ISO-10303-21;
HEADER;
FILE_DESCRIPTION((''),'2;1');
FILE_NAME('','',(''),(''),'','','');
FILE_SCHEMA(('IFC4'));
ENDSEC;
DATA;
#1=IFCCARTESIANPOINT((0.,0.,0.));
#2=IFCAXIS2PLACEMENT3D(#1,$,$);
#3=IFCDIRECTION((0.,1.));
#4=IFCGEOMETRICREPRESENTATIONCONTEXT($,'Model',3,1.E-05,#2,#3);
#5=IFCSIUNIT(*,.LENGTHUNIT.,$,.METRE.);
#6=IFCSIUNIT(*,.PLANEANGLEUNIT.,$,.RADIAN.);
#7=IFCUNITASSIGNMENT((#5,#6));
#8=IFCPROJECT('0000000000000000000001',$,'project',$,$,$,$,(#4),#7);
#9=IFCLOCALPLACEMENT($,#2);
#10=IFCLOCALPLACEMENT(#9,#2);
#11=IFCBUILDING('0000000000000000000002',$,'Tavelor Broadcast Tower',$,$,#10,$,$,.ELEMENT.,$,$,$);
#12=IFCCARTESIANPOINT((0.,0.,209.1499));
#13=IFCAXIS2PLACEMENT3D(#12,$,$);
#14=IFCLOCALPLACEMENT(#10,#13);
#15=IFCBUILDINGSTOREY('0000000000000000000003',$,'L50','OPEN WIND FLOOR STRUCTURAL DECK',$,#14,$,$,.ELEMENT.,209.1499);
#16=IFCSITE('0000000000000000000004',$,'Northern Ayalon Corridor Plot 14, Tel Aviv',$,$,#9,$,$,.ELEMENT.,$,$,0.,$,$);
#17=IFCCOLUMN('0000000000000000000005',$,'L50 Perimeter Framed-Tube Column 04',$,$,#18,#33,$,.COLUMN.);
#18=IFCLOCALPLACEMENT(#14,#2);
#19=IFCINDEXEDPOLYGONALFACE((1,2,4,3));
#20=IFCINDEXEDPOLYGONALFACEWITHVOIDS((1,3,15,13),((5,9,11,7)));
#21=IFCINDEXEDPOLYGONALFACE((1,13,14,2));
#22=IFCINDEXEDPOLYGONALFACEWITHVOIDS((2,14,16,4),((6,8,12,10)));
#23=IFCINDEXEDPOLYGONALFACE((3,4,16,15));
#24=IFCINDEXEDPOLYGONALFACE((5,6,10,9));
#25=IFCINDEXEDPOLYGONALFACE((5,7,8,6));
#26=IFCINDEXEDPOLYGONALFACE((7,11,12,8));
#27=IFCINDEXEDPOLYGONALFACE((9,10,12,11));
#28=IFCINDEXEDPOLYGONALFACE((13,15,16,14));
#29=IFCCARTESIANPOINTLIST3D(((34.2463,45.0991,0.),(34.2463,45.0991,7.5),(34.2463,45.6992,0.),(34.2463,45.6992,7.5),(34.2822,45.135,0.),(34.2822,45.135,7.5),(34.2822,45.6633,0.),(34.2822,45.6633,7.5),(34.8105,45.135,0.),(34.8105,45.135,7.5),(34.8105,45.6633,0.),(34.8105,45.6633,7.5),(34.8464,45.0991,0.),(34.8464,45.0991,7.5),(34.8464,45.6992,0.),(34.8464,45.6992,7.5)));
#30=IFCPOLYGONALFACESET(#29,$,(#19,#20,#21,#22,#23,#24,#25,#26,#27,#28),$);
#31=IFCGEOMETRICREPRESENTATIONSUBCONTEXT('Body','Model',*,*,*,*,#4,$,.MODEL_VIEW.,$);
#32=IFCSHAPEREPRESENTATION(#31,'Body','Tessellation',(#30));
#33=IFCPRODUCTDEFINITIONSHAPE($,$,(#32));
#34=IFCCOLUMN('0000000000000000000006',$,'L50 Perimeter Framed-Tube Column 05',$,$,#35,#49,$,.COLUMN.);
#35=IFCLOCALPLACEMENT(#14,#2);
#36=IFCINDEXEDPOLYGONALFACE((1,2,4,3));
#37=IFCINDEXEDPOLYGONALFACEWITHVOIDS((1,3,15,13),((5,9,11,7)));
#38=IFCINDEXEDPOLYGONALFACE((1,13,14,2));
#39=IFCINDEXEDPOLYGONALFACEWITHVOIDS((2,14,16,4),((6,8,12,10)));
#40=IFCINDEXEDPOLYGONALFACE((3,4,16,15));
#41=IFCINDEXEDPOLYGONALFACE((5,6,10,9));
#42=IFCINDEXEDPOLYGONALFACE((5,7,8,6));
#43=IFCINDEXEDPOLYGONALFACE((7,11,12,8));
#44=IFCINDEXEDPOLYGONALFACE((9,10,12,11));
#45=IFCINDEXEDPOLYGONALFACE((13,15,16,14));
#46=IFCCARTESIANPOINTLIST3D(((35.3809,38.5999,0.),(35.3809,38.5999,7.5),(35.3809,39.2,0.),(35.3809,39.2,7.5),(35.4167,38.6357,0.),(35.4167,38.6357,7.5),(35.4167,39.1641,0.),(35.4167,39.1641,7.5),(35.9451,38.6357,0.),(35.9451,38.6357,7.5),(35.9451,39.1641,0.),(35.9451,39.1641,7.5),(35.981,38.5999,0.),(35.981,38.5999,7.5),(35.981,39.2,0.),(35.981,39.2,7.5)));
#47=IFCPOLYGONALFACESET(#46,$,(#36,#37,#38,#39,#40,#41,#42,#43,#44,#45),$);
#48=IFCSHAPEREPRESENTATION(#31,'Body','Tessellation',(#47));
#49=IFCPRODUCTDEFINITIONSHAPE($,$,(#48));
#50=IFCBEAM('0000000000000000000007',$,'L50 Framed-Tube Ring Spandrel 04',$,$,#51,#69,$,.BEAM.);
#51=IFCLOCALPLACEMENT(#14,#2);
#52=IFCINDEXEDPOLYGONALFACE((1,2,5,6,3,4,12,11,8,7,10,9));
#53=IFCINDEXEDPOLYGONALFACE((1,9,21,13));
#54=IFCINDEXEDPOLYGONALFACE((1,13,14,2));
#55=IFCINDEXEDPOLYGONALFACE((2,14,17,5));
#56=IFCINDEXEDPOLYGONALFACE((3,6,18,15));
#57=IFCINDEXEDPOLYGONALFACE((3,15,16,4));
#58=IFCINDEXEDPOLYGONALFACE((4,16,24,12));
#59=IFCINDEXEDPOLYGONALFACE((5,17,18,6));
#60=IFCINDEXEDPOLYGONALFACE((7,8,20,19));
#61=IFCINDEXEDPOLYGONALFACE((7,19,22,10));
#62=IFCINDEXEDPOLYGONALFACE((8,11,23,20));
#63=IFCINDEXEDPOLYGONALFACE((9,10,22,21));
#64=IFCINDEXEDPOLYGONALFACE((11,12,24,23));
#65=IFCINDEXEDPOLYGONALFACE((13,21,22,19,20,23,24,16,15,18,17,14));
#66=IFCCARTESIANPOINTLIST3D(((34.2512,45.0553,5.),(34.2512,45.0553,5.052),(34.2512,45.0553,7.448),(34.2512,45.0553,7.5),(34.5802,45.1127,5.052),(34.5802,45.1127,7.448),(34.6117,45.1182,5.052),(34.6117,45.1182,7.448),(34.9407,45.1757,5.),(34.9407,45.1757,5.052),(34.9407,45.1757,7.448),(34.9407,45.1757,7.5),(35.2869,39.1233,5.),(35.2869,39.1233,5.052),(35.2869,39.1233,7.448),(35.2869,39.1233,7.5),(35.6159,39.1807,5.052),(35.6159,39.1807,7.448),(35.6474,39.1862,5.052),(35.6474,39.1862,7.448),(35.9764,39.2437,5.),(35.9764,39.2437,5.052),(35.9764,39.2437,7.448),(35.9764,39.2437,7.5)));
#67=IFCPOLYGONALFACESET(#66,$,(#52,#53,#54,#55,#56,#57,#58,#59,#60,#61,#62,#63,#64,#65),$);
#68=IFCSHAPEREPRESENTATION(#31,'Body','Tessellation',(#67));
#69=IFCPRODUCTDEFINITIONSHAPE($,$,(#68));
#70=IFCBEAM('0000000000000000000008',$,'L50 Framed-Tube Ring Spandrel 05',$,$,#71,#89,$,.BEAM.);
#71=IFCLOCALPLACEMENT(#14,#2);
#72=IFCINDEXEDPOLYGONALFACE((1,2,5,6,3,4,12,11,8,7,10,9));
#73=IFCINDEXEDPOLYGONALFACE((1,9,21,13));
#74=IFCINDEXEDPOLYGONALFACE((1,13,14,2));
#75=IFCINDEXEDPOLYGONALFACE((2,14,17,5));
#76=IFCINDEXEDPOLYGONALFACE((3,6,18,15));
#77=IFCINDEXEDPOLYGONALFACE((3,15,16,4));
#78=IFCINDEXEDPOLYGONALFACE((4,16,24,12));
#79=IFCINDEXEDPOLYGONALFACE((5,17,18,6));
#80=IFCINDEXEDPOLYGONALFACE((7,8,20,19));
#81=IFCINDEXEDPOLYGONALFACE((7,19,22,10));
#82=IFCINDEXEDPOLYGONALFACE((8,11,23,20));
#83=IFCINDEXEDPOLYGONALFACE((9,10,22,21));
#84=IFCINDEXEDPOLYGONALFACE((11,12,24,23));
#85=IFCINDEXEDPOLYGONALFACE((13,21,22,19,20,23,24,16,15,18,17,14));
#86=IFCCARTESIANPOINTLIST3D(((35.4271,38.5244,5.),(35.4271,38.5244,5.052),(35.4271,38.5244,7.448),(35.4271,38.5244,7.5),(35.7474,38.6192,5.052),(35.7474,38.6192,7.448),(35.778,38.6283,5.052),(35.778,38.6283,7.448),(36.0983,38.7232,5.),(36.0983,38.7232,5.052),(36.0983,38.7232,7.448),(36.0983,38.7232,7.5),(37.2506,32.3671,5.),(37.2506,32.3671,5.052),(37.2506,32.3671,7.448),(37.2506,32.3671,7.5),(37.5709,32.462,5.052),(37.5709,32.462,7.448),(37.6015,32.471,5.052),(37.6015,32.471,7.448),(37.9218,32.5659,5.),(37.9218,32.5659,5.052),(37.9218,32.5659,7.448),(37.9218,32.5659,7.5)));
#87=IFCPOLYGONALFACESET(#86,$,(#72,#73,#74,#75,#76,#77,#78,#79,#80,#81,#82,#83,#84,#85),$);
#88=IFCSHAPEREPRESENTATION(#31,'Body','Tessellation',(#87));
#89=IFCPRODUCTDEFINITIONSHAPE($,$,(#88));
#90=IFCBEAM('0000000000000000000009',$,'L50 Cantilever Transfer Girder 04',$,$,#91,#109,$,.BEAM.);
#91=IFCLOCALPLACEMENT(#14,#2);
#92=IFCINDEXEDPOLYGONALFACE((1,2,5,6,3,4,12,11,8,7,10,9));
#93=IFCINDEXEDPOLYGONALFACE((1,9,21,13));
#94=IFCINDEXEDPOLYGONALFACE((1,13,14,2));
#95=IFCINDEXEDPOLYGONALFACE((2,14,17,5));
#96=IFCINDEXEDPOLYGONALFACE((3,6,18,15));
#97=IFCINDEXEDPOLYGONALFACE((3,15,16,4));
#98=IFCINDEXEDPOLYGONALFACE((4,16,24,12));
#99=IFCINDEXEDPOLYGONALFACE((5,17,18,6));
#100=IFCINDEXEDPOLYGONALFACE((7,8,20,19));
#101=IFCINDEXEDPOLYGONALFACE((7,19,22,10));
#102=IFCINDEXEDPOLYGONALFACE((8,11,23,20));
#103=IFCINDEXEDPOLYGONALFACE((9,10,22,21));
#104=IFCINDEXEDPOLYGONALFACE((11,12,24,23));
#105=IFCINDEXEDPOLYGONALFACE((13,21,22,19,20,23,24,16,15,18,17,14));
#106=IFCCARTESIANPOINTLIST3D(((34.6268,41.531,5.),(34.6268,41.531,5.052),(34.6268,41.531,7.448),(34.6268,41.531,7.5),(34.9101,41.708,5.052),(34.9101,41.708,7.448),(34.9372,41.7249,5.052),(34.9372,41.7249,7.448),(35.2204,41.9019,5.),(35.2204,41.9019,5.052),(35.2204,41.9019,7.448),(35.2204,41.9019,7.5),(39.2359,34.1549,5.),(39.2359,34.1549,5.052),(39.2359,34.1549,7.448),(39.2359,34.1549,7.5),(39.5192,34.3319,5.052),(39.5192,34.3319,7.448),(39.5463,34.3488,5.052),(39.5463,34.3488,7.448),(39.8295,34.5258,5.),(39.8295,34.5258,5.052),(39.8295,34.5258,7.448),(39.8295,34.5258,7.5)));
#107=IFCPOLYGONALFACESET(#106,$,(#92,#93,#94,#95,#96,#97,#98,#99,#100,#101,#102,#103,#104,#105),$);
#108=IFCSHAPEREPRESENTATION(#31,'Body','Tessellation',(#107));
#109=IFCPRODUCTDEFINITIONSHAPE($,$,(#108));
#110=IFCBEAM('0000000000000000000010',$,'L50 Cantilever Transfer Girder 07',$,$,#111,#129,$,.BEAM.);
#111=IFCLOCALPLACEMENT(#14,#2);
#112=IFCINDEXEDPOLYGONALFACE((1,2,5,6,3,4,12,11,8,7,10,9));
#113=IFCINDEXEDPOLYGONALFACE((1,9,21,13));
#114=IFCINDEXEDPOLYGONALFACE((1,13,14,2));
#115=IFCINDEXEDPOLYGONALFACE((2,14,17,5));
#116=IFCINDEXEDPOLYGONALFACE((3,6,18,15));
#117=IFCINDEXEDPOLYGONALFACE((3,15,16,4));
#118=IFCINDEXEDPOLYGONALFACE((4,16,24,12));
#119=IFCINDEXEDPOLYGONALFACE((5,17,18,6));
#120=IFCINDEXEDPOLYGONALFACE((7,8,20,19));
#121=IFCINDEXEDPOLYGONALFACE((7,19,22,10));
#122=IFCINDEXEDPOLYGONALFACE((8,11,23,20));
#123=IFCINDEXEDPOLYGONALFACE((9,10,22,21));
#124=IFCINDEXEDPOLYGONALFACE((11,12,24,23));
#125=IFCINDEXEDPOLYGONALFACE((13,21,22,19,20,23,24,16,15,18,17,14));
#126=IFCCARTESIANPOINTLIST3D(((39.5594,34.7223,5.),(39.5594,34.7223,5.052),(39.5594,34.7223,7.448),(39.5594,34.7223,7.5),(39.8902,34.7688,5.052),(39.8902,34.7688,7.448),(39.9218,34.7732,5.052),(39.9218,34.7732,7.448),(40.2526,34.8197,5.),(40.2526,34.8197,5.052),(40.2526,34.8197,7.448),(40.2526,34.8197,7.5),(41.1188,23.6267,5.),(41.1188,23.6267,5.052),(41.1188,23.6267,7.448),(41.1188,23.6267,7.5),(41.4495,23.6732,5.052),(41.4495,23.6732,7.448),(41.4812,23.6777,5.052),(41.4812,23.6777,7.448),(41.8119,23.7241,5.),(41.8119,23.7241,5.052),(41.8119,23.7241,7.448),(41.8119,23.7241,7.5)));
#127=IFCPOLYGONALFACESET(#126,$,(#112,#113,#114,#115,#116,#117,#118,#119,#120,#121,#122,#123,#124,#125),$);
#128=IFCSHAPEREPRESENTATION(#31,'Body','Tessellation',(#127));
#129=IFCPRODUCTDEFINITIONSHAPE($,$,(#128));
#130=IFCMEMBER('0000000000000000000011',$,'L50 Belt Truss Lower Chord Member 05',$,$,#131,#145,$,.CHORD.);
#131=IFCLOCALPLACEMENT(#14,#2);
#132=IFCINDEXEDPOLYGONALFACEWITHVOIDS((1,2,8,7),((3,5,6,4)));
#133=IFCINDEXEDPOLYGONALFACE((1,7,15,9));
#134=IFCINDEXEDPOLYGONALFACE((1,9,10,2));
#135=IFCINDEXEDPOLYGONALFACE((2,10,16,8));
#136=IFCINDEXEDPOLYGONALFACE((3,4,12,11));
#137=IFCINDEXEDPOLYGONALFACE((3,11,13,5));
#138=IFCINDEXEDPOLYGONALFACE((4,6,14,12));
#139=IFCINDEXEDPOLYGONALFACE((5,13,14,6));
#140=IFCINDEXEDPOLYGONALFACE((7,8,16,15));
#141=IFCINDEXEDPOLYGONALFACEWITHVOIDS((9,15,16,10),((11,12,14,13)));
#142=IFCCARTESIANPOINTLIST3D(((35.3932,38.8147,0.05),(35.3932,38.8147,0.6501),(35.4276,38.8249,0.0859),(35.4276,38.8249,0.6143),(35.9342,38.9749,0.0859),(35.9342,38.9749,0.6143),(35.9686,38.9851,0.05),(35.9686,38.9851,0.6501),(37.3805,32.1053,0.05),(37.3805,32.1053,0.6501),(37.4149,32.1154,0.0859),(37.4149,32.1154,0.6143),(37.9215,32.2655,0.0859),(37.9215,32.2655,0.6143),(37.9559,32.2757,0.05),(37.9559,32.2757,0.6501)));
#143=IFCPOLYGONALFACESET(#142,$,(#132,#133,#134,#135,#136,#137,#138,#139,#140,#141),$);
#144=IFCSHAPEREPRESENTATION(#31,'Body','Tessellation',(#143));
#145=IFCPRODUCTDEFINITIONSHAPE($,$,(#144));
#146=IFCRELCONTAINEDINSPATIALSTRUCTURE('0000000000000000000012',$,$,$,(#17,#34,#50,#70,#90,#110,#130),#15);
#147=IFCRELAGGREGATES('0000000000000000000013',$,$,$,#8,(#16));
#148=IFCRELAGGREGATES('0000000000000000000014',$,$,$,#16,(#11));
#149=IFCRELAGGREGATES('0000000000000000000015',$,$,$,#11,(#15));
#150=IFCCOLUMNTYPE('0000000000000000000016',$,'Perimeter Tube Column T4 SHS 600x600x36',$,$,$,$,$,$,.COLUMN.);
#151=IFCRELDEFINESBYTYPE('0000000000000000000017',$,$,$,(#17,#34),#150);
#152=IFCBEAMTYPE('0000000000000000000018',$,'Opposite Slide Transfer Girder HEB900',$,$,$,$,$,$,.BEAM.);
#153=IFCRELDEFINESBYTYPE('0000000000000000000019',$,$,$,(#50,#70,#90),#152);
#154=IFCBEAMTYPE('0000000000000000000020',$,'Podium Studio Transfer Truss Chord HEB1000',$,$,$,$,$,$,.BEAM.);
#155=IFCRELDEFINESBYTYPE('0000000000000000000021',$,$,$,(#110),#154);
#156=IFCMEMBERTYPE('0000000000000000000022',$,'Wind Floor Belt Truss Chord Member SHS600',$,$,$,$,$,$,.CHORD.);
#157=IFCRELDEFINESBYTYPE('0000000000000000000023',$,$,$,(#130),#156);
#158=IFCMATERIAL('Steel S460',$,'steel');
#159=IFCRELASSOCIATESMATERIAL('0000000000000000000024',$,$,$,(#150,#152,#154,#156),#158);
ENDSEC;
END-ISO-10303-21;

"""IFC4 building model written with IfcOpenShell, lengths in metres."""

from ifc_helpers import new_model, si_unit, direction, frame, origin, origin_2d, place, context, subcontext, project, spatial, hollow_rectangle, i_section, extrude, material, material_profile, profile_set, type_object, element, save


model = new_model("IFC4")

# Units and contexts
model_context = context("Model", 3, precision=1e-05, world=origin(), true_north=direction((0.0, 1.0)))
body_context = subcontext(model_context, "Body", "Model", "MODEL_VIEW")
ifc_project = project(units=[si_unit("LENGTHUNIT", "METRE"), si_unit("PLANEANGLEUNIT", "RADIAN")], contexts=[model_context])

# Site, building, storey
site_placement = place(None, origin())
site = spatial("IfcSite", under=ifc_project, at=site_placement, Name="Northern Ayalon Corridor Plot 14, Tel Aviv", CompositionType="ELEMENT", RefElevation=0.0)
building_placement = place(site_placement, origin())
building = spatial("IfcBuilding", under=site, at=building_placement, Name="Tavelor Broadcast Tower", CompositionType="ELEMENT")
storey_placement = place(building_placement, frame((0.0, 0.0, 209.1499)))
storey = spatial("IfcBuildingStorey", under=building, at=storey_placement, Name="L50", Description="OPEN WIND FLOOR STRUCTURAL DECK", CompositionType="ELEMENT", Elevation=209.1499)

# Columns
ifc_material_1 = material(Name="Steel S460", Category="steel")
ifc_material_profile_1 = material_profile(ifc_material_1, hollow_rectangle(XDim=0.6001, YDim=0.6001, WallThickness=0.0359, at=origin_2d()), Name="SHS 600x600x36")
ifc_profile_set_1 = profile_set([ifc_material_profile_1], Name="Steel S460")
column_type = type_object("IfcColumnType", Name="Perimeter Tube Column T4 SHS 600x600x36", PredefinedType="COLUMN", material=ifc_profile_set_1)
for number, where, z_axis, x_axis, name in (
    (1, (34.5464, 45.3992, 0.0), (0.0, 0.0, 1.0), (1.0, 0.0, 0.0), "L50 Perimeter Framed-Tube Column 04"),
    (2, (35.6809, 38.8999, 0.0), (0.0, 0.0, 1.0), (1.0, 0.0, 0.0), "L50 Perimeter Framed-Tube Column 05"),
):
    element("IfcColumn", number, at=place(storey_placement, frame(where, z_axis=z_axis, x_axis=x_axis)), inside=storey, type_object=column_type, Name=name, PredefinedType="COLUMN", context=body_context, shape_type="SweptSolid", body=[
        extrude(hollow_rectangle(XDim=0.6001, YDim=0.6001, WallThickness=0.0359, at=origin_2d()), origin(), (0.0, 0.0, 1.0), 7.5),
    ])

# Beams
ifc_material_profile_2 = material_profile(ifc_material_1, i_section(OverallWidth=0.7, OverallDepth=2.5, WebThickness=0.032, FlangeThickness=0.052, at=origin_2d()), Name="PG 2500x700")
ifc_profile_set_2 = profile_set([ifc_material_profile_2], Name="Steel S460")
beam_type_1 = type_object("IfcBeamType", Name="Opposite Slide Transfer Girder HEB900", PredefinedType="BEAM", material=ifc_profile_set_2)
beam_1_placement = place(storey_placement, frame((34.5959, 45.1155, 6.25), z_axis=(0.171988, -0.985099, 0.0), x_axis=(0.985099, 0.171988, 0.0)))
element("IfcBeam", 3, at=beam_1_placement, inside=storey, type_object=beam_type_1, Name="L50 Framed-Tube Ring Spandrel 04", PredefinedType="BEAM", context=body_context, shape_type="SweptSolid", body=[
    extrude(i_section(OverallWidth=0.7, OverallDepth=2.5, WebThickness=0.032, FlangeThickness=0.052, at=origin_2d()), origin(), (0.0, 0.0, 1.0), 6.0217),
])
beam_2_placement = place(storey_placement, frame((35.7627, 38.6238, 6.25), z_axis=(0.283963, -0.958835, 0.0), x_axis=(0.958835, 0.283963, 0.0)))
element("IfcBeam", 4, at=beam_2_placement, inside=storey, type_object=beam_type_1, Name="L50 Framed-Tube Ring Spandrel 05", PredefinedType="BEAM", context=body_context, shape_type="SweptSolid", body=[
    extrude(i_section(OverallWidth=0.7, OverallDepth=2.5, WebThickness=0.032, FlangeThickness=0.052, at=origin_2d()), origin(), (0.0, 0.0, 1.0), 6.4216),
])
beam_3_placement = place(storey_placement, frame((39.5327, 34.3403, 6.25), z_axis=(-0.529916, 0.84805, 0.0), x_axis=(-0.84805, -0.529916, 0.0)))
element("IfcBeam", 5, at=beam_3_placement, inside=storey, type_object=beam_type_1, Name="L50 Cantilever Transfer Girder 04", PredefinedType="BEAM", context=body_context, shape_type="SweptSolid", body=[
    extrude(i_section(OverallWidth=0.7, OverallDepth=2.5, WebThickness=0.032, FlangeThickness=0.052, at=origin_2d()), origin(), (0.0, 0.0, 1.0), 8.6978),
])
ifc_material_profile_3 = material_profile(ifc_material_1, i_section(OverallWidth=0.7, OverallDepth=2.5, WebThickness=0.032, FlangeThickness=0.052, at=origin_2d()), Name="PG 2500x700")
ifc_profile_set_3 = profile_set([ifc_material_profile_3], Name="Steel S460")
beam_type_2 = type_object("IfcBeamType", Name="Podium Studio Transfer Truss Chord HEB1000", PredefinedType="BEAM", material=ifc_profile_set_3)
beam_4_placement = place(storey_placement, frame((39.906, 34.771, 6.25), z_axis=(0.13917, -0.990269, 0.0), x_axis=(0.990269, 0.13917, 0.0)))
element("IfcBeam", 6, at=beam_4_placement, inside=storey, type_object=beam_type_2, Name="L50 Cantilever Transfer Girder 07", PredefinedType="BEAM", context=body_context, shape_type="SweptSolid", body=[
    extrude(i_section(OverallWidth=0.7, OverallDepth=2.5, WebThickness=0.032, FlangeThickness=0.052, at=origin_2d()), origin(), (0.0, 0.0, 1.0), 11.2046),
])

# Member
ifc_material_profile_4 = material_profile(ifc_material_1, hollow_rectangle(XDim=0.6001, YDim=0.6001, WallThickness=0.0359, at=origin_2d()), Name="SHS 600x600x36")
ifc_profile_set_4 = profile_set([ifc_material_profile_4], Name="Steel S460")
member_type_1 = type_object("IfcMemberType", Name="Wind Floor Belt Truss Chord Member SHS600", PredefinedType="CHORD", material=ifc_profile_set_4)
member_1_placement = place(storey_placement, frame((35.6809, 38.8999, 0.3501), z_axis=(0.283998, -0.958825, 0.0), x_axis=(0.958825, 0.283998, 0.0)))
element("IfcMember", 7, at=member_1_placement, inside=storey, type_object=member_type_1, Name="L50 Belt Truss Lower Chord Member 05", PredefinedType="CHORD", context=body_context, shape_type="SweptSolid", body=[
    extrude(hollow_rectangle(XDim=0.6001, YDim=0.6001, WallThickness=0.0359, at=origin_2d()), origin(), (0.0, 0.0, 1.0), 6.9976),
])

save(model, "model.ifc")
